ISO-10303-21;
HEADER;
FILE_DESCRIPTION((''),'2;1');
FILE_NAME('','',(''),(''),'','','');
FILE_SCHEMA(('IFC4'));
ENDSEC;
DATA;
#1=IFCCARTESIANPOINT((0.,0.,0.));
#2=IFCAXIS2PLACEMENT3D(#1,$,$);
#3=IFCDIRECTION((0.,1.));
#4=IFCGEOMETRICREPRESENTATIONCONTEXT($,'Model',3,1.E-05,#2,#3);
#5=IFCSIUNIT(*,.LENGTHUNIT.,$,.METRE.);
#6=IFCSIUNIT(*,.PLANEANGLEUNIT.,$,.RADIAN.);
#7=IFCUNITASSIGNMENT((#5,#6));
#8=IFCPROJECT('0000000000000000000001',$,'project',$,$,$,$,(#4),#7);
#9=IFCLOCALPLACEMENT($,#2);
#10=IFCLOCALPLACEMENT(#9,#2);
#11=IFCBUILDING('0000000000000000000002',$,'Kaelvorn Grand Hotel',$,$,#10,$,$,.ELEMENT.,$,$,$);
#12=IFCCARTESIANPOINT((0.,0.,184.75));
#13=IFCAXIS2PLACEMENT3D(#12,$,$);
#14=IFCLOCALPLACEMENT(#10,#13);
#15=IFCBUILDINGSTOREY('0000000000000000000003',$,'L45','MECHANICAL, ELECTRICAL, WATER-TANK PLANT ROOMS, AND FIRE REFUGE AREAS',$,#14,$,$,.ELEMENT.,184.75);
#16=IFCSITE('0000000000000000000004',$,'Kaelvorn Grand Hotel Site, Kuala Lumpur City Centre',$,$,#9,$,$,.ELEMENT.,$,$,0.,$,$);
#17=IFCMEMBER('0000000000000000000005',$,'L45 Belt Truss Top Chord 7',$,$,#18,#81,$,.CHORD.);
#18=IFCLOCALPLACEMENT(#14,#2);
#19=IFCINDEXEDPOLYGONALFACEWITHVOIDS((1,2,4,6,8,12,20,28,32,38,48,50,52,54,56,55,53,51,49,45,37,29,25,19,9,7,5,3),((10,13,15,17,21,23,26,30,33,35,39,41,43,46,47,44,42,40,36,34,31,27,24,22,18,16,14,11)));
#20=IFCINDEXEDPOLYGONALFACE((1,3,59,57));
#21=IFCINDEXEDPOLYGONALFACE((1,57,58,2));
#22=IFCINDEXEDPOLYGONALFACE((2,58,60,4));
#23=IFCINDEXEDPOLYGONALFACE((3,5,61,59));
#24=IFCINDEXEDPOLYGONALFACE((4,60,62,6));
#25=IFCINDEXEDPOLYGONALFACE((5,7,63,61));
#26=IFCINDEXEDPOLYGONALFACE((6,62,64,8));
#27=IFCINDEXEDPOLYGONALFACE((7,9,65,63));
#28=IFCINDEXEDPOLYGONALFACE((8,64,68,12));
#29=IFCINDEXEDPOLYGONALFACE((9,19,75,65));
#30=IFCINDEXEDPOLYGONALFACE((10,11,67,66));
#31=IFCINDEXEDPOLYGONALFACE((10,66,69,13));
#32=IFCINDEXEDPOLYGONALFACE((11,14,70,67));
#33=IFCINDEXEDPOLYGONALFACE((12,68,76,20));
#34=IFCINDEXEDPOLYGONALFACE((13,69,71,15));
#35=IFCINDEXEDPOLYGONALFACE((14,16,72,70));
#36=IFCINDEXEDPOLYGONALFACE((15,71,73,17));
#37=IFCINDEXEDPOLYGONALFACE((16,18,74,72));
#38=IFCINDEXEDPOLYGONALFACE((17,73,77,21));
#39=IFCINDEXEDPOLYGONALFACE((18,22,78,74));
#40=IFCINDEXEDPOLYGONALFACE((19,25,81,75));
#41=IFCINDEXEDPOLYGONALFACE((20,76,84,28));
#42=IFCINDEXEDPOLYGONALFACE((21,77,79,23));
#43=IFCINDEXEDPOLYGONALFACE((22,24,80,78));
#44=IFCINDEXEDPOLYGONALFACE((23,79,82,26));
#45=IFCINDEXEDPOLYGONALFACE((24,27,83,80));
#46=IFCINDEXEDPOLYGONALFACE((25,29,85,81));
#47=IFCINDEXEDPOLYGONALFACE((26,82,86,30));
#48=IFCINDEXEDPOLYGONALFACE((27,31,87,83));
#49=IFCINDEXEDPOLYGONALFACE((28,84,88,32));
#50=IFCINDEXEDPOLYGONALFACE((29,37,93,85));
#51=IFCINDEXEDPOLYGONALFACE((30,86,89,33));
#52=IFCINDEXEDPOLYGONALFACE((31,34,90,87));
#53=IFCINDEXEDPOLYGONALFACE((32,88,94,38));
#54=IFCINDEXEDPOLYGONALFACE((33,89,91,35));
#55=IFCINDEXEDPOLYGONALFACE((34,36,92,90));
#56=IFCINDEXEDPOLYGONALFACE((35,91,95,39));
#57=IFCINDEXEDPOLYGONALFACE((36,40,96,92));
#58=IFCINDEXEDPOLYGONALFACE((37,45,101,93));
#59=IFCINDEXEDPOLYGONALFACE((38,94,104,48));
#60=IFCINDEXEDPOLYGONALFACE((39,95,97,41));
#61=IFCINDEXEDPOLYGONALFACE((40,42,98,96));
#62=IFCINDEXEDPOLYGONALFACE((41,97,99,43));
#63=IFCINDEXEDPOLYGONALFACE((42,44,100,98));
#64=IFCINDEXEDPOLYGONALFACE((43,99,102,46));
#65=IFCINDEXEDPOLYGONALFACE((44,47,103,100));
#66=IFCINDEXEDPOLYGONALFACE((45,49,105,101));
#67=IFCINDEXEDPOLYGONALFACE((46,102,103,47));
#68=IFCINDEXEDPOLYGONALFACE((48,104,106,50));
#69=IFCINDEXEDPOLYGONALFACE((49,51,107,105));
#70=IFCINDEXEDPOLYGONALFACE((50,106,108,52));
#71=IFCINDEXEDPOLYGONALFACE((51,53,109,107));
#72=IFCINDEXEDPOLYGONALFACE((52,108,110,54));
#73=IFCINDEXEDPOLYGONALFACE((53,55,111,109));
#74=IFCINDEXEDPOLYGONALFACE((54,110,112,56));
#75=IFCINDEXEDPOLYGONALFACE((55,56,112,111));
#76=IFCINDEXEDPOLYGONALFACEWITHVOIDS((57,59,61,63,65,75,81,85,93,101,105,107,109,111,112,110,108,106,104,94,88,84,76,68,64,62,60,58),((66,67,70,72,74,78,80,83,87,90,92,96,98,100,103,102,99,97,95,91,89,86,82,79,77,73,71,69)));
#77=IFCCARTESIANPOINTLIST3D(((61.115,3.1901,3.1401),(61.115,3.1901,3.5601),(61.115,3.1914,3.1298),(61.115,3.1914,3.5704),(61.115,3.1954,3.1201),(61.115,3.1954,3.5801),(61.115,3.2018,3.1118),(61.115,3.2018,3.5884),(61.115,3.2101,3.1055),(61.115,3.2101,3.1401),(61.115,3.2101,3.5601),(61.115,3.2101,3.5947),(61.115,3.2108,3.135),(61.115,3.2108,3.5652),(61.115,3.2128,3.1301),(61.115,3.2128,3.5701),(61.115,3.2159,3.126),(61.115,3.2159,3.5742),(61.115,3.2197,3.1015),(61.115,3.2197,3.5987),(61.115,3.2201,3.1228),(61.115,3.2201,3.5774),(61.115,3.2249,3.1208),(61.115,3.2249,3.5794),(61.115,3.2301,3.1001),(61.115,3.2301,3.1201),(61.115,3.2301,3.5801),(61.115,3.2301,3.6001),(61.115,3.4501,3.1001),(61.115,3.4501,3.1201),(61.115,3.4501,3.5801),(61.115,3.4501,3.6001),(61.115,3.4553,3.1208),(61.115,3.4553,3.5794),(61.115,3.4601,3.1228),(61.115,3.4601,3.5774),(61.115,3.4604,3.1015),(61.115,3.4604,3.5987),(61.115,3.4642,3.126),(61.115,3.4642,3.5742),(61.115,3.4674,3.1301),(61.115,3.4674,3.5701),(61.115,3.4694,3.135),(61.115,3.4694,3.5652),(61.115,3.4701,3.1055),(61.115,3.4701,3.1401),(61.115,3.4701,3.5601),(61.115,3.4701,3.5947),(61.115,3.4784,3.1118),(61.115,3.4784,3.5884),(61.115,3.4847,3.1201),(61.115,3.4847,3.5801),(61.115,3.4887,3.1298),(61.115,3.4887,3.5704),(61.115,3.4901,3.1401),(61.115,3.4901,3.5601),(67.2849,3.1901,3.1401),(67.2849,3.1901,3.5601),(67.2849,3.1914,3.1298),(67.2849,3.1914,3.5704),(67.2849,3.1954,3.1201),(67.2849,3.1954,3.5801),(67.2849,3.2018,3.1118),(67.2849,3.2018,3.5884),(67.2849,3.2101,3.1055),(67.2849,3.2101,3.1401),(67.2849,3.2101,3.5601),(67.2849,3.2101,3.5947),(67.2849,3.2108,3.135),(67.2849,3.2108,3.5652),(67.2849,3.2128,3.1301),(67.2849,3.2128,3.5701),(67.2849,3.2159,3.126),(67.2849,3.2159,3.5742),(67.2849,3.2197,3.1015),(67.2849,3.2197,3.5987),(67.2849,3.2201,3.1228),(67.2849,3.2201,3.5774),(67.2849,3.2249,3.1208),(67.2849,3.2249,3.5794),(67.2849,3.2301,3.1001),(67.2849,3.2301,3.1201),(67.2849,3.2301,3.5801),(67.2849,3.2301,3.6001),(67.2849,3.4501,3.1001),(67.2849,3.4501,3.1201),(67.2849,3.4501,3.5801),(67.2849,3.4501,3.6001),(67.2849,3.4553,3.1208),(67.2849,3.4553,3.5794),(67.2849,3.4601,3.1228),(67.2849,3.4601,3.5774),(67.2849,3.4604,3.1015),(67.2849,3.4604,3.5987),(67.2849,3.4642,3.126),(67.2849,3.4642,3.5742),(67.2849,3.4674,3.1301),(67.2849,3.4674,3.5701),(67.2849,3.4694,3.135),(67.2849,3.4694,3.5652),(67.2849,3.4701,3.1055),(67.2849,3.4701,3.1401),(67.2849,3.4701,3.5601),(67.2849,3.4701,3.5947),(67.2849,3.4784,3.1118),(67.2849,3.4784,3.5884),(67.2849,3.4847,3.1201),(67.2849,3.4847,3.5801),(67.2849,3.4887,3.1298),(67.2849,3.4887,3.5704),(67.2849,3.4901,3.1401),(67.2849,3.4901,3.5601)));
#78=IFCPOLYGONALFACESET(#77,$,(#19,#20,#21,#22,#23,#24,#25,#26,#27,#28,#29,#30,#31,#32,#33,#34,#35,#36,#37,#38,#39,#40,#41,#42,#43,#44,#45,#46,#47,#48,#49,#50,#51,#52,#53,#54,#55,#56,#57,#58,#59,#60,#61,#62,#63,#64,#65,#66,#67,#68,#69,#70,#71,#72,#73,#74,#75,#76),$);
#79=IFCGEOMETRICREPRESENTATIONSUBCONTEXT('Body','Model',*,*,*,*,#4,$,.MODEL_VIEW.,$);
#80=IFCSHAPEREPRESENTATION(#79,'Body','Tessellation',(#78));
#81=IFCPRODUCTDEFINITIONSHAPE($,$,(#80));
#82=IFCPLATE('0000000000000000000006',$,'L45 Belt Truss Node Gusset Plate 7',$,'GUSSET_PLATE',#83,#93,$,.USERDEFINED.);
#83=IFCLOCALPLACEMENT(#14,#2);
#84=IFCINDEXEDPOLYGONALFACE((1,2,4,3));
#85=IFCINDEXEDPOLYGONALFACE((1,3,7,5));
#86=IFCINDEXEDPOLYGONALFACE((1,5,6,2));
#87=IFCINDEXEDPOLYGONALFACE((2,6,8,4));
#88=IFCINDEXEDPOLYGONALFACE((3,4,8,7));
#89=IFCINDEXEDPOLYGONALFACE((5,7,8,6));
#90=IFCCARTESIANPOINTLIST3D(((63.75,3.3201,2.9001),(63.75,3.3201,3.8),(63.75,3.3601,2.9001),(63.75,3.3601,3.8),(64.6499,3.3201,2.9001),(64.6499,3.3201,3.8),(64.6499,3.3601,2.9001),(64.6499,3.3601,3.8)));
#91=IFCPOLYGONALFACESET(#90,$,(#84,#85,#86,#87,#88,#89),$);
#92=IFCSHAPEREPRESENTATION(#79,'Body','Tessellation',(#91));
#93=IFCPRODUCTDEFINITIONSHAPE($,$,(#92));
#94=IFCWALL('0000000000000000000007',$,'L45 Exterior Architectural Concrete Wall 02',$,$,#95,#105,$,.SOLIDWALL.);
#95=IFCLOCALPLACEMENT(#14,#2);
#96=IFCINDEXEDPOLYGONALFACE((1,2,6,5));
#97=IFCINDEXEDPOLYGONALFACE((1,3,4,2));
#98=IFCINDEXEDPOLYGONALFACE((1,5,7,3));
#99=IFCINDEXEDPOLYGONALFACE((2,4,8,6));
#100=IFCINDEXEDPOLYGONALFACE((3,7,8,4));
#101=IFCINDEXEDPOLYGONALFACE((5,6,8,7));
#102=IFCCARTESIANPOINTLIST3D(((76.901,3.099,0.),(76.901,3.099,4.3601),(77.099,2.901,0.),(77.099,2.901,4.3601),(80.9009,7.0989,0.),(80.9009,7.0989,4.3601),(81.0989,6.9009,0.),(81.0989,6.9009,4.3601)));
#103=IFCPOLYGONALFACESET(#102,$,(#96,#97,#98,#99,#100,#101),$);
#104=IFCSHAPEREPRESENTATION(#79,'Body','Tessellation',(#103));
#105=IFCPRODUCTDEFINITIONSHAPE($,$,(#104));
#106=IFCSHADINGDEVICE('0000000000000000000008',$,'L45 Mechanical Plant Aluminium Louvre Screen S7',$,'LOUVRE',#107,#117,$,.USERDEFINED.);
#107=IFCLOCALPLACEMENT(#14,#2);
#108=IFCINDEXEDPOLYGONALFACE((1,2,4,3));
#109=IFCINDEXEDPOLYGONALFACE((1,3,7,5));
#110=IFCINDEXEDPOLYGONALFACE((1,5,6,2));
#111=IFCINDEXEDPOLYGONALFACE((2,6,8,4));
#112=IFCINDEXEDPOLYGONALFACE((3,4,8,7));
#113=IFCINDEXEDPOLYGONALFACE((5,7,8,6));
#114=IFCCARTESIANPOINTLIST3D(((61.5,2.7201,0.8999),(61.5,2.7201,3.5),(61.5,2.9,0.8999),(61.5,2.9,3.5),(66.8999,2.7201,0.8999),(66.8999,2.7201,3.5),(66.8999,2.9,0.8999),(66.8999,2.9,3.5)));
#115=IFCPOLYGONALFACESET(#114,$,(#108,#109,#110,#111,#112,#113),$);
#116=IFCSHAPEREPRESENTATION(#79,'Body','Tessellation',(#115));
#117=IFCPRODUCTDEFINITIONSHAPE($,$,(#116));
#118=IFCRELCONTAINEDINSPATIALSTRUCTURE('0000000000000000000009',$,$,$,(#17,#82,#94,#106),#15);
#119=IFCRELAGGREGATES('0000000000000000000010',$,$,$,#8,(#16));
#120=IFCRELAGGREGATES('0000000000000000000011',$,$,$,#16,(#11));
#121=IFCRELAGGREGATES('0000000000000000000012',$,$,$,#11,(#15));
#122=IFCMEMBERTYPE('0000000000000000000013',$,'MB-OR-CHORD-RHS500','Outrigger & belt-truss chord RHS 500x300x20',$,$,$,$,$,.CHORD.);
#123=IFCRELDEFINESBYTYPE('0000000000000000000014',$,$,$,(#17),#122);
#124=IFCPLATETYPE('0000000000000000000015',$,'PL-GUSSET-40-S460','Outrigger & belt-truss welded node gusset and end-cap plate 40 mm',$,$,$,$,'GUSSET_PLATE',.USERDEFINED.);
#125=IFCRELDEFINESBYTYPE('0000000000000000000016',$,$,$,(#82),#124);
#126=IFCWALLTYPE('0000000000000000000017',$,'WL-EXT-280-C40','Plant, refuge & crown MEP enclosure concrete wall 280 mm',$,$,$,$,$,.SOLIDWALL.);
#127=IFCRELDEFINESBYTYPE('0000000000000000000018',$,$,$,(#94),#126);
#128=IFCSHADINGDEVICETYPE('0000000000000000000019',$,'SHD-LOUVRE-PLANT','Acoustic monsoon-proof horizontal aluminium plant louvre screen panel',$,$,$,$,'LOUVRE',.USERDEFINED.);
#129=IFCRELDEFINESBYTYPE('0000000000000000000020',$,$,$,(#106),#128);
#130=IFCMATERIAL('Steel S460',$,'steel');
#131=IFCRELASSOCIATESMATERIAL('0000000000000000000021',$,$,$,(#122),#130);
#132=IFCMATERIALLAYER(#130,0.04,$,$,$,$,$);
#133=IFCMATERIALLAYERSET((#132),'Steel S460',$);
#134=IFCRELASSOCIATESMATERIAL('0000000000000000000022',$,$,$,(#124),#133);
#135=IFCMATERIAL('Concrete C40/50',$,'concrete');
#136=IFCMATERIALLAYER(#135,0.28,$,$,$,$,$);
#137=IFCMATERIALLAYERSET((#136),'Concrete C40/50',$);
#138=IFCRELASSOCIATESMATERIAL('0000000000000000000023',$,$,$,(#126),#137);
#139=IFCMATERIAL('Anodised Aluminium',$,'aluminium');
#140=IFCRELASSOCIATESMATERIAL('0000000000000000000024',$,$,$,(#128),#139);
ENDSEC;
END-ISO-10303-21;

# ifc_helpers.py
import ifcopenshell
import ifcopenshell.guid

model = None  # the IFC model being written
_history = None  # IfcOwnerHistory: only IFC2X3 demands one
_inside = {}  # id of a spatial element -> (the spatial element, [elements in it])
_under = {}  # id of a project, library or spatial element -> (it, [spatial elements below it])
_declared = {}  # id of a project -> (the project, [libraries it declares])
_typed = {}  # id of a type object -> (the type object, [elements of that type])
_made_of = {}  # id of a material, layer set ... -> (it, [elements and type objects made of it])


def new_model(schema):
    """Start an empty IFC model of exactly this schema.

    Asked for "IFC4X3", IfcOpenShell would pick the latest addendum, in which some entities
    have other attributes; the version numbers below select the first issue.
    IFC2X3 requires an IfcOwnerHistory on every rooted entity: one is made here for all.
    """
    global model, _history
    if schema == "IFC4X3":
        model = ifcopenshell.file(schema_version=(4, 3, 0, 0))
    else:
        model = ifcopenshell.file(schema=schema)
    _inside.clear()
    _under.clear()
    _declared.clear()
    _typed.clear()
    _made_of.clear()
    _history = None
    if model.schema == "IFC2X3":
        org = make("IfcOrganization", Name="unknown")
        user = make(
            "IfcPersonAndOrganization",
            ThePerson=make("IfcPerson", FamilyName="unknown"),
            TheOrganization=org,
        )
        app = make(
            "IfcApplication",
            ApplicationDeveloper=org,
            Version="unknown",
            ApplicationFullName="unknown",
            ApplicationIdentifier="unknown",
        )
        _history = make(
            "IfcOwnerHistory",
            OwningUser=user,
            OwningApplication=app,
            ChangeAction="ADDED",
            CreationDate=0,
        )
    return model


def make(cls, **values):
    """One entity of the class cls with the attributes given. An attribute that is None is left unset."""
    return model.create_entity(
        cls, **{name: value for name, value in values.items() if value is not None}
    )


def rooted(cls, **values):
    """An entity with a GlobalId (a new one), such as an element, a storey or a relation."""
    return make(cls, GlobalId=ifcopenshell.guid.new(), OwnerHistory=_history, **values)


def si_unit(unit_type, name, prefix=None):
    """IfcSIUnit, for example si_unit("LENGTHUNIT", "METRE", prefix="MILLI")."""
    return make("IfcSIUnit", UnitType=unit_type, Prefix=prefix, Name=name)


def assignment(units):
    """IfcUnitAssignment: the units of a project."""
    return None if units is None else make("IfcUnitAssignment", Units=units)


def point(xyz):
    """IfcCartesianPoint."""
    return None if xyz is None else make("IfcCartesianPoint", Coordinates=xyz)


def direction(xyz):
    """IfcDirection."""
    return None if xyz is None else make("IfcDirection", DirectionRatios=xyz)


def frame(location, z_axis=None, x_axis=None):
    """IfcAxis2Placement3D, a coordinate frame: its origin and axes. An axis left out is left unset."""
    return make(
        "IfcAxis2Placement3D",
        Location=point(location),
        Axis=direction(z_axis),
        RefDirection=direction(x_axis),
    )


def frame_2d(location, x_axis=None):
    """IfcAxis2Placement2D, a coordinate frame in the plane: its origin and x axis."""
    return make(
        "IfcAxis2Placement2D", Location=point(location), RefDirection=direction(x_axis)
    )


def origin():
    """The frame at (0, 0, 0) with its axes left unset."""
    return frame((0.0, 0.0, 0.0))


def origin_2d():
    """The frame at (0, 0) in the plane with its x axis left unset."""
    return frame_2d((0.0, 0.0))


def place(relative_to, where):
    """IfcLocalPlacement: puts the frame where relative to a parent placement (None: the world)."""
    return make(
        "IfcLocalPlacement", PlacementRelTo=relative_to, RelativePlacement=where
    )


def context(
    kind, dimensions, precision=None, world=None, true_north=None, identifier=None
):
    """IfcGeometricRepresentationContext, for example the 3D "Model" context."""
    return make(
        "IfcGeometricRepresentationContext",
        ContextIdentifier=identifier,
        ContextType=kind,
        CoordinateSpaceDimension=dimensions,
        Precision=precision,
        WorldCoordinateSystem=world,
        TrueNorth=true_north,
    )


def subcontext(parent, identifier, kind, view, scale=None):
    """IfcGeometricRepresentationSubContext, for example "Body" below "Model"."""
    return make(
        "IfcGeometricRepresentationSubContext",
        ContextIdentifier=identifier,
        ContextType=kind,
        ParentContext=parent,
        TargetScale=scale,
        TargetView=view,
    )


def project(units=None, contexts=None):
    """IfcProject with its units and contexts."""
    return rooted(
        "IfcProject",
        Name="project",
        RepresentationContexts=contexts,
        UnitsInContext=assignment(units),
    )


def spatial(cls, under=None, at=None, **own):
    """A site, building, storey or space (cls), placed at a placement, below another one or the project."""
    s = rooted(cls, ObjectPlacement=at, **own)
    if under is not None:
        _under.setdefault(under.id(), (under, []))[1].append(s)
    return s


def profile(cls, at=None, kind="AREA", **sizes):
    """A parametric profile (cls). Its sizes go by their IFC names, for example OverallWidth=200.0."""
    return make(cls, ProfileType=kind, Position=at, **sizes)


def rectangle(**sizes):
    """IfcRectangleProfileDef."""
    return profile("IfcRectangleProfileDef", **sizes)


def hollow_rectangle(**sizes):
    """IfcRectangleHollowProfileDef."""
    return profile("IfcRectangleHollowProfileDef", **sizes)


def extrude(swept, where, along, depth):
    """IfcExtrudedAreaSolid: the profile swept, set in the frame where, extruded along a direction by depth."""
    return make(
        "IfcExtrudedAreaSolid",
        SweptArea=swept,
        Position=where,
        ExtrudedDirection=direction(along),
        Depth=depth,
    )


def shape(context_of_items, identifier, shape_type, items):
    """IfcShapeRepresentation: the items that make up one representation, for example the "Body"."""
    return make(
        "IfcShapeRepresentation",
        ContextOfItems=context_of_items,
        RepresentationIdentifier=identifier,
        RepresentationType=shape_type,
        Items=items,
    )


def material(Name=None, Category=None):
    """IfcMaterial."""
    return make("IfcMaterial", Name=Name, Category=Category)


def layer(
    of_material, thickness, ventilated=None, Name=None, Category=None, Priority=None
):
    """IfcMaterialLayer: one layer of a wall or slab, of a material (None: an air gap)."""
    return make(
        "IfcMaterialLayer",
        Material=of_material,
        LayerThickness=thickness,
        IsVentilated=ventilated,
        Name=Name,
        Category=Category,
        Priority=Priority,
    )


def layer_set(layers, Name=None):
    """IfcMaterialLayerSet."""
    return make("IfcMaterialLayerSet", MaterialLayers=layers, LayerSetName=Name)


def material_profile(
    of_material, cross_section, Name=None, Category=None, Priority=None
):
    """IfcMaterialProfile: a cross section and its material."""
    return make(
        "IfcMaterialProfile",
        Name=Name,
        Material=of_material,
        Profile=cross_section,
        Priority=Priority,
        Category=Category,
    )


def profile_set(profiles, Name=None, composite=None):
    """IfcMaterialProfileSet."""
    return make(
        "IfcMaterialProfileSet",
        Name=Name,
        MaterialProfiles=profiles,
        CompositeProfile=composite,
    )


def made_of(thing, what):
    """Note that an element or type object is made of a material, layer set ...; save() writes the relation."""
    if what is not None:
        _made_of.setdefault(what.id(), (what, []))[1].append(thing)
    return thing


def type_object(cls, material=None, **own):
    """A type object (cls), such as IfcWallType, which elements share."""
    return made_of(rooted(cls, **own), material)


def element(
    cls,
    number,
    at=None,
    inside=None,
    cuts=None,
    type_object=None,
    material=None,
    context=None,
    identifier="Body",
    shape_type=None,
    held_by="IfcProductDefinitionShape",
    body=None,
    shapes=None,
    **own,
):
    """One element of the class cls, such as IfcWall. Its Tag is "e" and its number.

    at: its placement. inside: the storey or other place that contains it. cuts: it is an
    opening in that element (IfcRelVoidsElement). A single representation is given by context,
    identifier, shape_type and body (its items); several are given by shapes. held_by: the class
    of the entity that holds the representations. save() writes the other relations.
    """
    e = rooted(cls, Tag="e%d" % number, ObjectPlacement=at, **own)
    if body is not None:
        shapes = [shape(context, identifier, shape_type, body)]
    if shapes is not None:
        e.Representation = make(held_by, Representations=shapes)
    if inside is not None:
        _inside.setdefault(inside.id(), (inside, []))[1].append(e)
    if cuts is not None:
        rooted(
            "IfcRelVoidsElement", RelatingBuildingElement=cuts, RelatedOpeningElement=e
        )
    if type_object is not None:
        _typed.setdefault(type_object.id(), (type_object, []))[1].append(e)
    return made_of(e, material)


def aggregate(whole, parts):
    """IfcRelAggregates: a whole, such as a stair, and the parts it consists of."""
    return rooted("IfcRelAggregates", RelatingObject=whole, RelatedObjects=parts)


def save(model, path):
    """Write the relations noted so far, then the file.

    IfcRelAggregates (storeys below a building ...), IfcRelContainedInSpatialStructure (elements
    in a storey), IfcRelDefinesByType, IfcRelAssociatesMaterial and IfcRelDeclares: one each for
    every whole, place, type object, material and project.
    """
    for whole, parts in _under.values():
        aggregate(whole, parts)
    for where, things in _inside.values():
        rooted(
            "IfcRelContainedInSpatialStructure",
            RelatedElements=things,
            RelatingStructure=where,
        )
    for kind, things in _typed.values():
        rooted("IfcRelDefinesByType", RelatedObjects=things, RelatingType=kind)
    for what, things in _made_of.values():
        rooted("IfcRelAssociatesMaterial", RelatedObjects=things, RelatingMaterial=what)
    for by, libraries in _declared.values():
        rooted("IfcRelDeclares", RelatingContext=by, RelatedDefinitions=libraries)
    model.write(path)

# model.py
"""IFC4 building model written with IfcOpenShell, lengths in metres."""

from ifc_helpers import new_model, si_unit, direction, frame, frame_2d, origin, origin_2d, place, context, subcontext, project, spatial, rectangle, hollow_rectangle, extrude, material, layer, layer_set, material_profile, profile_set, type_object, element, save


model = new_model("IFC4")

# Units and contexts
model_context = context("Model", 3, precision=1e-05, world=origin(), true_north=direction((0.0, 1.0)))
body_context = subcontext(model_context, "Body", "Model", "MODEL_VIEW")
ifc_project = project(units=[si_unit("LENGTHUNIT", "METRE"), si_unit("PLANEANGLEUNIT", "RADIAN")], contexts=[model_context])

# Site, building, storey
site_placement = place(None, origin())
site = spatial("IfcSite", under=ifc_project, at=site_placement, Name="Kaelvorn Grand Hotel Site, Kuala Lumpur City Centre", CompositionType="ELEMENT", RefElevation=0.0)
building_placement = place(site_placement, origin())
building = spatial("IfcBuilding", under=site, at=building_placement, Name="Kaelvorn Grand Hotel", CompositionType="ELEMENT")
storey_placement = place(building_placement, frame((0.0, 0.0, 184.75)))
storey = spatial("IfcBuildingStorey", under=building, at=storey_placement, Name="L45", Description="MECHANICAL, ELECTRICAL, WATER-TANK PLANT ROOMS, AND FIRE REFUGE AREAS", CompositionType="ELEMENT", Elevation=184.75)

# Member
ifc_material_1 = material(Name="Steel S460", Category="steel")
ifc_material_profile_1 = material_profile(ifc_material_1, hollow_rectangle(XDim=0.3, YDim=0.5, WallThickness=0.02, InnerFilletRadius=0.02, OuterFilletRadius=0.04, at=origin_2d()), Name="RHS 500x300x20.0")
ifc_profile_set_1 = profile_set([ifc_material_profile_1], Name="Steel S460")
member_type_1 = type_object("IfcMemberType", Name="MB-OR-CHORD-RHS500", Description="Outrigger & belt-truss chord RHS 500x300x20", PredefinedType="CHORD", material=ifc_profile_set_1)
for number, where, z_axis, x_axis, name in (
    (1, (61.115, 3.3401, 3.3501), (1.0, 0.0, 0.0), (0.0, 1.0, 0.0), "L45 Belt Truss Top Chord 7"),
):
    element("IfcMember", number, at=place(storey_placement, frame(where, z_axis=z_axis, x_axis=x_axis)), inside=storey, type_object=member_type_1, Name=name, PredefinedType="CHORD", context=body_context, shape_type="SweptSolid", body=[
        extrude(hollow_rectangle(XDim=0.3, YDim=0.5, WallThickness=0.02, InnerFilletRadius=0.02, OuterFilletRadius=0.04, at=origin_2d()), origin(), (0.0, 0.0, 1.0), 6.1699),
    ])

# Plate
ifc_layer_1 = layer(ifc_material_1, 0.04)
ifc_layer_set_1 = layer_set([ifc_layer_1], Name="Steel S460")
plate_type = type_object("IfcPlateType", Name="PL-GUSSET-40-S460", Description="Outrigger & belt-truss welded node gusset and end-cap plate 40 mm", ElementType="GUSSET_PLATE", PredefinedType="USERDEFINED", material=ifc_layer_set_1)
plate_placement = place(storey_placement, frame((64.2, 3.3401, 2.9001), z_axis=(0.0, 0.0, 1.0), x_axis=(1.0, 0.0, 0.0)))
element("IfcPlate", 2, at=plate_placement, inside=storey, type_object=plate_type, Name="L45 Belt Truss Node Gusset Plate 7", ObjectType="GUSSET_PLATE", PredefinedType="USERDEFINED", context=body_context, shape_type="SweptSolid", body=[
    extrude(rectangle(XDim=0.8999, YDim=0.04, at=origin_2d()), origin(), (0.0, 0.0, 1.0), 0.8999),
])

# Wall
ifc_material_2 = material(Name="Concrete C40/50", Category="concrete")
ifc_layer_2 = layer(ifc_material_2, 0.28)
ifc_layer_set_2 = layer_set([ifc_layer_2], Name="Concrete C40/50")
wall_type = type_object("IfcWallType", Name="WL-EXT-280-C40", Description="Plant, refuge & crown MEP enclosure concrete wall 280 mm", PredefinedType="SOLIDWALL", material=ifc_layer_set_2)
wall_placement = place(storey_placement, frame((77.0, 3.0, 0.0), z_axis=(0.0, 0.0, 1.0), x_axis=(0.707107, 0.707107, 0.0)))
element("IfcWall", 3, at=wall_placement, inside=storey, type_object=wall_type, Name="L45 Exterior Architectural Concrete Wall 02", PredefinedType="SOLIDWALL", context=body_context, shape_type="SweptSolid", body=[
    extrude(rectangle(XDim=5.6567, YDim=0.28, at=frame_2d((2.8284, 0.0))), origin(), (0.0, 0.0, 1.0), 4.3601),
])

# Shading device
ifc_material_3 = material(Name="Anodised Aluminium", Category="aluminium")
shading_device_type = type_object("IfcShadingDeviceType", Name="SHD-LOUVRE-PLANT", Description="Acoustic monsoon-proof horizontal aluminium plant louvre screen panel", ElementType="LOUVRE", PredefinedType="USERDEFINED", material=ifc_material_3)
shading_device_placement = place(storey_placement, frame((64.2, 2.8101, 0.8999), z_axis=(0.0, 0.0, 1.0), x_axis=(1.0, 0.0, 0.0)))
element("IfcShadingDevice", 4, at=shading_device_placement, inside=storey, type_object=shading_device_type, Name="L45 Mechanical Plant Aluminium Louvre Screen S7", ObjectType="LOUVRE", PredefinedType="USERDEFINED", context=body_context, shape_type="SweptSolid", body=[
    extrude(rectangle(XDim=5.3999, YDim=0.1799, at=origin_2d()), origin(), (0.0, 0.0, 1.0), 2.6001),
])

save(model, "model.ifc")
